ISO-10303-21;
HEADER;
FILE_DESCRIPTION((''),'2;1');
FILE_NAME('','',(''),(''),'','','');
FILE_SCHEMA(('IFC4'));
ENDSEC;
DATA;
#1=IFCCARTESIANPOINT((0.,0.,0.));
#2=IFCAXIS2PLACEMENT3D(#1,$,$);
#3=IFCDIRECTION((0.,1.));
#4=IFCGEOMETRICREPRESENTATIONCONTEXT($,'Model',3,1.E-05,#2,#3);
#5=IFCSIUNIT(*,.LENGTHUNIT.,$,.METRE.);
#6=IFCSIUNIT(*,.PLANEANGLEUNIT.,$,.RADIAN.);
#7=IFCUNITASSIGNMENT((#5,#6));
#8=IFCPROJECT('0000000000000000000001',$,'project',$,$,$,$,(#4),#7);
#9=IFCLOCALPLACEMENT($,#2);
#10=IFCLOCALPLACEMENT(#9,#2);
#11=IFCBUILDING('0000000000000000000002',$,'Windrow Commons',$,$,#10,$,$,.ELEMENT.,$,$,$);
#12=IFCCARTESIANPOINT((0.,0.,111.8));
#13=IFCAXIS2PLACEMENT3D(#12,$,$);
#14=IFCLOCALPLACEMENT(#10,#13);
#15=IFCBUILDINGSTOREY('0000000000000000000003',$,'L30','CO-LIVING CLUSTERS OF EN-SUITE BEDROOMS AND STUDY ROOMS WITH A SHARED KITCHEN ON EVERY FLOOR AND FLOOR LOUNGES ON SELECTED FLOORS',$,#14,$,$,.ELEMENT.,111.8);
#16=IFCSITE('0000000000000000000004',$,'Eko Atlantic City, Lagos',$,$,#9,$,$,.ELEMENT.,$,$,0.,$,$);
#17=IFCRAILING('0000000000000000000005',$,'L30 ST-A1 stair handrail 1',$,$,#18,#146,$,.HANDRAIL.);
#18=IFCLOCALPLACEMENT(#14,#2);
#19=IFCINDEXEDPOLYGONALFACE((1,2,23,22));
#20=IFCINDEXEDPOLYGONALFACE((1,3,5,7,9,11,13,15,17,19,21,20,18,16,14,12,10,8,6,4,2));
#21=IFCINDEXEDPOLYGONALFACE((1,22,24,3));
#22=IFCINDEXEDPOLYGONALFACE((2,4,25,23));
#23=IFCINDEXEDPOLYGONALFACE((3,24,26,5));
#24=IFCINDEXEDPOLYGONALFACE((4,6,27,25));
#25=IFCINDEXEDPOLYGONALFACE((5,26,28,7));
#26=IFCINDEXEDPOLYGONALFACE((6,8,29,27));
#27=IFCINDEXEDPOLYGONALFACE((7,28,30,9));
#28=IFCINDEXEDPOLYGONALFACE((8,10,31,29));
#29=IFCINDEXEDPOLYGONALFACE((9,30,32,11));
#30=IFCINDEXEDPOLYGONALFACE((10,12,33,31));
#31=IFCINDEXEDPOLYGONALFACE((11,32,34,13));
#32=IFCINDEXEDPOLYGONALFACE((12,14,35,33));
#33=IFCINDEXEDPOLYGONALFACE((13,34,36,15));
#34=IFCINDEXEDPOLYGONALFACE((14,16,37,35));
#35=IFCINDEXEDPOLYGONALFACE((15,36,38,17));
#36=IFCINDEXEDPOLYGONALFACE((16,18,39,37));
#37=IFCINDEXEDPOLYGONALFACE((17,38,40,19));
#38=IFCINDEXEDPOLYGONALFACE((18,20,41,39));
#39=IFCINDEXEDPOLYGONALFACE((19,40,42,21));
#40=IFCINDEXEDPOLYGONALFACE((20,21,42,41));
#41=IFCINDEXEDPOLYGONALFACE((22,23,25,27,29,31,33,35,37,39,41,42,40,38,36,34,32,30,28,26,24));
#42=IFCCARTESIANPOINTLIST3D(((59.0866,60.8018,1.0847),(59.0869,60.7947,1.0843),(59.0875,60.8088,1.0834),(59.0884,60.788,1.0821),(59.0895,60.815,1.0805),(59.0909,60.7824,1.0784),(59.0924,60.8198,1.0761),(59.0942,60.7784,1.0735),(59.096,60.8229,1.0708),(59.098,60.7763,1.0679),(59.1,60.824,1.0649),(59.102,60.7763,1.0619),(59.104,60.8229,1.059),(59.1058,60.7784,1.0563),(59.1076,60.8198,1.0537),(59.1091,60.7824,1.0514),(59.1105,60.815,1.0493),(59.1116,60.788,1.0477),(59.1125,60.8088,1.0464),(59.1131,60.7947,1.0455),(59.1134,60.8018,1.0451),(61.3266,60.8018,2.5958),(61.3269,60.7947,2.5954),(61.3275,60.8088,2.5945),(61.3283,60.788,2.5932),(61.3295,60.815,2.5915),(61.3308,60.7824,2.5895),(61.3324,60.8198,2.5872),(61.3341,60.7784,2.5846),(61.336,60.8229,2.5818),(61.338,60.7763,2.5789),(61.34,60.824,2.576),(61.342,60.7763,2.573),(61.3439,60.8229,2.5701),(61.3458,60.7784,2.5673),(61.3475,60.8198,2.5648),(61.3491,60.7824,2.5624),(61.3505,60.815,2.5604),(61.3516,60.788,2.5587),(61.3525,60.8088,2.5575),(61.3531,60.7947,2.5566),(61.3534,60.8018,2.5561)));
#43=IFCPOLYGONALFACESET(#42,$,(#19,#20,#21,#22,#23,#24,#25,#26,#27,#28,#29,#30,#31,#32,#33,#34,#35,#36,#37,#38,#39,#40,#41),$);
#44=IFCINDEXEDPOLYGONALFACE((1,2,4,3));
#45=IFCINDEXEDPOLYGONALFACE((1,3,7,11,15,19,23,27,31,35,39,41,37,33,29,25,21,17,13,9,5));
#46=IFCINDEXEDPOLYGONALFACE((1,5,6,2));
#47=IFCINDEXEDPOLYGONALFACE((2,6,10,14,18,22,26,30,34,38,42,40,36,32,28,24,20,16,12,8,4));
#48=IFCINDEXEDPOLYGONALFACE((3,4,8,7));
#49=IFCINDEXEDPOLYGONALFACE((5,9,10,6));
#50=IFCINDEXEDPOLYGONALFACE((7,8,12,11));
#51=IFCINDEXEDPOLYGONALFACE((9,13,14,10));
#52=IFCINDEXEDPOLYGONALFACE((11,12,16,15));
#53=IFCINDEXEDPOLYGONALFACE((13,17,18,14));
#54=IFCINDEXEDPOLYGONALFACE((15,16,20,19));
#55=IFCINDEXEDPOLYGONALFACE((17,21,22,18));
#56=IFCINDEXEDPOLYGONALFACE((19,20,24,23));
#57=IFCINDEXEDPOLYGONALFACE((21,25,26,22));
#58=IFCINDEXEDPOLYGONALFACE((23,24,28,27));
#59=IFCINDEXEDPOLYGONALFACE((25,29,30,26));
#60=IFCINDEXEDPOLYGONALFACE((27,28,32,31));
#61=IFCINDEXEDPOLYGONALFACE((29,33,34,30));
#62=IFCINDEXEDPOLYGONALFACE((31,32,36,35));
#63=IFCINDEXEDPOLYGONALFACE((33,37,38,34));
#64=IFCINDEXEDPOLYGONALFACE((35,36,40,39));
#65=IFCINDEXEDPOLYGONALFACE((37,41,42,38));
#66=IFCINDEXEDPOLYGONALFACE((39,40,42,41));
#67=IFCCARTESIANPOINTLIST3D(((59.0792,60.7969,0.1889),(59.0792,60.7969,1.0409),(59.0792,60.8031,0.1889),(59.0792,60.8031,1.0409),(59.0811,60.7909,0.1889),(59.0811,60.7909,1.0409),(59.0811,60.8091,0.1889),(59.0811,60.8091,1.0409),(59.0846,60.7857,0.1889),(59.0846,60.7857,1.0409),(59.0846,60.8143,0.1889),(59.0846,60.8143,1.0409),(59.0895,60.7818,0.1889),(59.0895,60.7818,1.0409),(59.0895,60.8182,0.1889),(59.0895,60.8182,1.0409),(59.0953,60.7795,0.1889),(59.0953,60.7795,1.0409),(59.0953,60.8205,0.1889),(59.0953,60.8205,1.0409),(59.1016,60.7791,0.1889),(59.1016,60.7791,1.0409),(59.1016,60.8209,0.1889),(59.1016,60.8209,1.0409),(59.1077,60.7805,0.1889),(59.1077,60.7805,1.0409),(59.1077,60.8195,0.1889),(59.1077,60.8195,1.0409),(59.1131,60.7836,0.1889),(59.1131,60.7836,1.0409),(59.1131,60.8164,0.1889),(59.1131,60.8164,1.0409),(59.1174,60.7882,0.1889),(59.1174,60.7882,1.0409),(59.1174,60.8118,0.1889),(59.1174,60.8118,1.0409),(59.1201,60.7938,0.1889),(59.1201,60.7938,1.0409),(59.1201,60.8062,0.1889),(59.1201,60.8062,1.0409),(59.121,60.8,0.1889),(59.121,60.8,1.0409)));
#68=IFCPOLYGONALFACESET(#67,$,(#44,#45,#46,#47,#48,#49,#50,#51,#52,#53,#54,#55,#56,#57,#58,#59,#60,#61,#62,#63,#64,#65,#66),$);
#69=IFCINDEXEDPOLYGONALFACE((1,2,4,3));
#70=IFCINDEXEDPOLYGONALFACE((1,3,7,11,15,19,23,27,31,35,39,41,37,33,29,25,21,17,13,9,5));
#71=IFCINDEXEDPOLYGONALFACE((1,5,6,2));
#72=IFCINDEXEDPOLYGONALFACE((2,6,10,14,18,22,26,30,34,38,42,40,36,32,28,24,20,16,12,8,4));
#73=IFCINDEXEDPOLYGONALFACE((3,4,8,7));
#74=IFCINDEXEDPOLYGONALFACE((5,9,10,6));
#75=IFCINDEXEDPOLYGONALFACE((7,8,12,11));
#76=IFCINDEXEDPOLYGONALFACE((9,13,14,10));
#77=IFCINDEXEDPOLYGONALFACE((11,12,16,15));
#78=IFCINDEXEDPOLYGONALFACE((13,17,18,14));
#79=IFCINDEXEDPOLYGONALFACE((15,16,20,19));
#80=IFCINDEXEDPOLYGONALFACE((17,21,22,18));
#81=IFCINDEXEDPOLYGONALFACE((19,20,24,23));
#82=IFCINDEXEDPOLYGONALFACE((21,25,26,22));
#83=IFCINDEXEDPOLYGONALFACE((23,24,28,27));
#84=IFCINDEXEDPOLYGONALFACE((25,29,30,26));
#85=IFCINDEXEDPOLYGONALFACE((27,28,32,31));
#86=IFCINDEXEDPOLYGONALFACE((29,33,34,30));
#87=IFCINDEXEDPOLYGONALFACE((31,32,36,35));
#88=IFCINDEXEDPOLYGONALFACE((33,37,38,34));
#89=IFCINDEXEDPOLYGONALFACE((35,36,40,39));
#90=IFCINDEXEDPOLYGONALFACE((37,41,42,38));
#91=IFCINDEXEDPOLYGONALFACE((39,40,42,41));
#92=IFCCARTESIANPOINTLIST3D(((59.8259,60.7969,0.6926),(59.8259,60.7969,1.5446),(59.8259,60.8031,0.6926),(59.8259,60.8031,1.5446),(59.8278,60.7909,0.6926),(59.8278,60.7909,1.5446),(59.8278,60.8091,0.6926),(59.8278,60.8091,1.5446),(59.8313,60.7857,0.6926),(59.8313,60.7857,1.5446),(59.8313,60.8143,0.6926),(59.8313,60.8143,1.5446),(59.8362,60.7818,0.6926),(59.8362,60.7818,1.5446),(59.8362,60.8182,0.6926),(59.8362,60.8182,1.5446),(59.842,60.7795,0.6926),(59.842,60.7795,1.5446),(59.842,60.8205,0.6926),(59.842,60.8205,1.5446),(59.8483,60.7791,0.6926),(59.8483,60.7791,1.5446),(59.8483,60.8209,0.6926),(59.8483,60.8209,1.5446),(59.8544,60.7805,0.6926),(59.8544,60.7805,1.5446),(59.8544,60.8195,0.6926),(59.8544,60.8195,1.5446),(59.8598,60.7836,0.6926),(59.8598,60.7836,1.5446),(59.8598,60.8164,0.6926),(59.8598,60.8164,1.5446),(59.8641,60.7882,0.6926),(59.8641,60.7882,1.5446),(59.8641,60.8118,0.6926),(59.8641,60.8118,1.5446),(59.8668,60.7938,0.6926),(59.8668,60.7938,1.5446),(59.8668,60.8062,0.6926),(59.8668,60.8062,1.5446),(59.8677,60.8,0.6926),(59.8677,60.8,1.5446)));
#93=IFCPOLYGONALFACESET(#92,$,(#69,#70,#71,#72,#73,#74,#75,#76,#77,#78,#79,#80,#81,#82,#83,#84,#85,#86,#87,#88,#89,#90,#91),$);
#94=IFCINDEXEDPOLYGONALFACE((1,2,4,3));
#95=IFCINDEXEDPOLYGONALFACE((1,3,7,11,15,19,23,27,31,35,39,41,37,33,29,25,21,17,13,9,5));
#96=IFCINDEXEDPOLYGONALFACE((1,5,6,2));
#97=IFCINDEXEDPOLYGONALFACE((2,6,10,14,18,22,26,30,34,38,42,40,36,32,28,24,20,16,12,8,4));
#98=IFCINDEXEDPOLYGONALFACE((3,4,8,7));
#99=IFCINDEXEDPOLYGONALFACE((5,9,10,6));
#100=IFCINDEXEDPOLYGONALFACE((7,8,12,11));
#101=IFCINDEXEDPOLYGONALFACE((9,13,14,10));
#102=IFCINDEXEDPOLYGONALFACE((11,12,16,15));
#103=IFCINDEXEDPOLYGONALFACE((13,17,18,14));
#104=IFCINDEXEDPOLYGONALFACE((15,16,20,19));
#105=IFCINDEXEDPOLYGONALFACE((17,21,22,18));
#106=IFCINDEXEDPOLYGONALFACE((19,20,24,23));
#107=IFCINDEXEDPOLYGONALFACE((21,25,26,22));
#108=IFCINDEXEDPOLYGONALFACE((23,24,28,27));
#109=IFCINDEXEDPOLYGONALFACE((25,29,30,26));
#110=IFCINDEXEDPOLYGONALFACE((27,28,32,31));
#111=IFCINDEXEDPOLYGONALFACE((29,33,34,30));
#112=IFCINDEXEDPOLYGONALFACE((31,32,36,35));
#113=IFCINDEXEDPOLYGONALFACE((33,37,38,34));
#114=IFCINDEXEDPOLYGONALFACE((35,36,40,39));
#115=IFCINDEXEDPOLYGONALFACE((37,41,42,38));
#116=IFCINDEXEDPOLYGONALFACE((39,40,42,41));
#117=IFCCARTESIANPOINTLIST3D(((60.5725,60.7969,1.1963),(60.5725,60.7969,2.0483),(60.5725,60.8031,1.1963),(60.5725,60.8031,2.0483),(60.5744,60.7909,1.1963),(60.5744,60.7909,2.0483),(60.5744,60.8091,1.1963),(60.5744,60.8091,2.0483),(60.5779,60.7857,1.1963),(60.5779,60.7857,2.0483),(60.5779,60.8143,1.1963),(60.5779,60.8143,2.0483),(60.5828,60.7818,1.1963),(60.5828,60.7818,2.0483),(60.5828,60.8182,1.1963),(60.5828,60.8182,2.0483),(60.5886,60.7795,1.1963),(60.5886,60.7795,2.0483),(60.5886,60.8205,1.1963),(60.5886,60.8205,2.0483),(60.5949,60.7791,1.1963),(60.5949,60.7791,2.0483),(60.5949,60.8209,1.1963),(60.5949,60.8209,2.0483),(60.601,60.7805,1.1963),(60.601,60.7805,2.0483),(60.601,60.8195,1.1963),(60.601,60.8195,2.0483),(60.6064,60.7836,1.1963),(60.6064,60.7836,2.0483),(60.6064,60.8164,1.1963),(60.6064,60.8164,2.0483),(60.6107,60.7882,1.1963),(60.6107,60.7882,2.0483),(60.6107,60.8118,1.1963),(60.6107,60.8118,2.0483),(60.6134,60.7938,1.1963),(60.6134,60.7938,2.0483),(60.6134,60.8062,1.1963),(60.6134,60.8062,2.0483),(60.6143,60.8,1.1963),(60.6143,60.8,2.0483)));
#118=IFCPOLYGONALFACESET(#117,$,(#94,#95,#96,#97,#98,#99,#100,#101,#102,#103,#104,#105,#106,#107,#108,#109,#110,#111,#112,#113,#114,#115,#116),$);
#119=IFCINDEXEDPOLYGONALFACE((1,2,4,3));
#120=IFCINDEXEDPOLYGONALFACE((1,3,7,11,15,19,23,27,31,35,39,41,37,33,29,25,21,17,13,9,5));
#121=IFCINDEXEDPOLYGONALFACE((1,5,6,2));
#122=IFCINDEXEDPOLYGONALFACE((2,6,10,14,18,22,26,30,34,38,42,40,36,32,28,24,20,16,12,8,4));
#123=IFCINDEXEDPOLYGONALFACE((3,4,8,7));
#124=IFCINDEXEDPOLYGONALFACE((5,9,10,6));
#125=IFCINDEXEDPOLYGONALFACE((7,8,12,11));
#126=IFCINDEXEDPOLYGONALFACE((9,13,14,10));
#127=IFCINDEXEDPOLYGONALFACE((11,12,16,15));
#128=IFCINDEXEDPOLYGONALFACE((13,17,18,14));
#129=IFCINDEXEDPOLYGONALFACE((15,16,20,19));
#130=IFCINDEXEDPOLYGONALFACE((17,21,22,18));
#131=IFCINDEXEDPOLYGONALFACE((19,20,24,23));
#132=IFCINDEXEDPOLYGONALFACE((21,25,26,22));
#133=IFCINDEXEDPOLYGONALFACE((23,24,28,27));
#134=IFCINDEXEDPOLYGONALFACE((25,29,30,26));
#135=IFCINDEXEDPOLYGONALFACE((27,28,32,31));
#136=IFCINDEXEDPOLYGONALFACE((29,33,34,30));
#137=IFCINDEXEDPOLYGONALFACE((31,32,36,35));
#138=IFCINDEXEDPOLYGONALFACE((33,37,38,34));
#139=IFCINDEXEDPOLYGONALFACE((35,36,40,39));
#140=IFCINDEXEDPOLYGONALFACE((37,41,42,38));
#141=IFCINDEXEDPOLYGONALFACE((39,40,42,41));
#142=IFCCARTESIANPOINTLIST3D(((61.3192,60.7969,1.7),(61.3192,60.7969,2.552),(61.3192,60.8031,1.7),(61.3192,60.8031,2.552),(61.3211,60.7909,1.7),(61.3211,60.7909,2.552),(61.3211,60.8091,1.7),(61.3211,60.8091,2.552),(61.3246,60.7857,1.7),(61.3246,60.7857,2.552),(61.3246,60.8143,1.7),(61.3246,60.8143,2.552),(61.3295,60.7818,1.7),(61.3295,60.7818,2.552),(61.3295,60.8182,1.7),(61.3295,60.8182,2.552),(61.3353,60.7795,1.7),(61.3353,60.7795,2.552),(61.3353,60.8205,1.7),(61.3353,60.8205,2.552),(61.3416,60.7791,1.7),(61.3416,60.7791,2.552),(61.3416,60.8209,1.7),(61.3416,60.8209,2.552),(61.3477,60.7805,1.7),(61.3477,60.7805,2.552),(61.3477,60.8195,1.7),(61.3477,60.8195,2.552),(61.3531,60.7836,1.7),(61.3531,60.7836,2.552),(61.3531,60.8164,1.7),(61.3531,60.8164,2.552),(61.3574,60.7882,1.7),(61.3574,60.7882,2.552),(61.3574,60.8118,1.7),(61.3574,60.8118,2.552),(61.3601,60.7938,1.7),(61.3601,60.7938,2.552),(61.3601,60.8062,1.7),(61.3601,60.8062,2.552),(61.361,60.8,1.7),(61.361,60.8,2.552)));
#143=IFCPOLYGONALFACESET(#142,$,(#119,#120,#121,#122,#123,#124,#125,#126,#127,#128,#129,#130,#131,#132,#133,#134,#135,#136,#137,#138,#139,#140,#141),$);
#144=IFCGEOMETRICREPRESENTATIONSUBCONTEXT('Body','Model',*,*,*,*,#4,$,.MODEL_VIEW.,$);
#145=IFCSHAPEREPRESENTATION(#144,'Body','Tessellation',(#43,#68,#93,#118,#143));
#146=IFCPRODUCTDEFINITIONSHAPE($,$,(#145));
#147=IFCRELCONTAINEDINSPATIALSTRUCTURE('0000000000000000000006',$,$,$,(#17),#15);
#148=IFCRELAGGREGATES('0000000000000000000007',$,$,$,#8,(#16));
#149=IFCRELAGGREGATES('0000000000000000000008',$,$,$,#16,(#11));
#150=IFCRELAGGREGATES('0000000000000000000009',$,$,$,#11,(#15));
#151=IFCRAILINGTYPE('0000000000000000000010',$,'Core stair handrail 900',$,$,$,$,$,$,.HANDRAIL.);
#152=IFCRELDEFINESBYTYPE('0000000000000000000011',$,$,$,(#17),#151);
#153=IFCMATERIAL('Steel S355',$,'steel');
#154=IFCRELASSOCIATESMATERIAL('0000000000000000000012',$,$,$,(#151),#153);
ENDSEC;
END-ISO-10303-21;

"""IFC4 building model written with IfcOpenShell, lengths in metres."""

from ifc_helpers import new_model, si_unit, direction, frame, origin, origin_2d, place, context, subcontext, project, spatial, circle, extrude, material, type_object, element, save


model = new_model("IFC4")

# Units and contexts
model_context = context("Model", 3, precision=1e-05, world=origin(), true_north=direction((0.0, 1.0)))
body_context = subcontext(model_context, "Body", "Model", "MODEL_VIEW")
ifc_project = project(units=[si_unit("LENGTHUNIT", "METRE"), si_unit("PLANEANGLEUNIT", "RADIAN")], contexts=[model_context])

# Site, building, storey
site_placement = place(None, origin())
site = spatial("IfcSite", under=ifc_project, at=site_placement, Name="Eko Atlantic City, Lagos", CompositionType="ELEMENT", RefElevation=0.0)
building_placement = place(site_placement, origin())
building = spatial("IfcBuilding", under=site, at=building_placement, Name="Windrow Commons", CompositionType="ELEMENT")
storey_placement = place(building_placement, frame((0.0, 0.0, 111.8)))
storey = spatial("IfcBuildingStorey", under=building, at=storey_placement, Name="L30", Description="CO-LIVING CLUSTERS OF EN-SUITE BEDROOMS AND STUDY ROOMS WITH A SHARED KITCHEN ON EVERY FLOOR AND FLOOR LOUNGES ON SELECTED FLOORS", CompositionType="ELEMENT", Elevation=111.8)

# Railing
ifc_material_1 = material(Name="Steel S355", Category="steel")
railing_type = type_object("IfcRailingType", Name="Core stair handrail 900", PredefinedType="HANDRAIL", material=ifc_material_1)
for number, where, name in (
    (1, (59.1, 60.8, 0.1889), "L30 ST-A1 stair handrail 1"),
):
    element("IfcRailing", number, at=place(storey_placement, frame(where)), inside=storey, type_object=railing_type, Name=name, PredefinedType="HANDRAIL", context=body_context, shape_type="SweptSolid", body=[
        extrude(circle(Radius=0.024, at=origin_2d()), frame((0.0, 0.0, 0.876), z_axis=(0.829003, 0.0, 0.559244), x_axis=(0.0, 1.0, 0.0)), (0.0, 0.0, 1.0), 2.702),
        extrude(circle(Radius=0.021, at=origin_2d()), origin(), (0.0, 0.0, 1.0), 0.852),
        extrude(circle(Radius=0.021, at=origin_2d()), frame((0.7467, 0.0, 0.5037)), (0.0, 0.0, 1.0), 0.852),
        extrude(circle(Radius=0.021, at=origin_2d()), frame((1.4933, 0.0, 1.0074)), (0.0, 0.0, 1.0), 0.852),
        extrude(circle(Radius=0.021, at=origin_2d()), frame((2.24, 0.0, 1.5111)), (0.0, 0.0, 1.0), 0.852),
    ])

save(model, "model.ifc")
